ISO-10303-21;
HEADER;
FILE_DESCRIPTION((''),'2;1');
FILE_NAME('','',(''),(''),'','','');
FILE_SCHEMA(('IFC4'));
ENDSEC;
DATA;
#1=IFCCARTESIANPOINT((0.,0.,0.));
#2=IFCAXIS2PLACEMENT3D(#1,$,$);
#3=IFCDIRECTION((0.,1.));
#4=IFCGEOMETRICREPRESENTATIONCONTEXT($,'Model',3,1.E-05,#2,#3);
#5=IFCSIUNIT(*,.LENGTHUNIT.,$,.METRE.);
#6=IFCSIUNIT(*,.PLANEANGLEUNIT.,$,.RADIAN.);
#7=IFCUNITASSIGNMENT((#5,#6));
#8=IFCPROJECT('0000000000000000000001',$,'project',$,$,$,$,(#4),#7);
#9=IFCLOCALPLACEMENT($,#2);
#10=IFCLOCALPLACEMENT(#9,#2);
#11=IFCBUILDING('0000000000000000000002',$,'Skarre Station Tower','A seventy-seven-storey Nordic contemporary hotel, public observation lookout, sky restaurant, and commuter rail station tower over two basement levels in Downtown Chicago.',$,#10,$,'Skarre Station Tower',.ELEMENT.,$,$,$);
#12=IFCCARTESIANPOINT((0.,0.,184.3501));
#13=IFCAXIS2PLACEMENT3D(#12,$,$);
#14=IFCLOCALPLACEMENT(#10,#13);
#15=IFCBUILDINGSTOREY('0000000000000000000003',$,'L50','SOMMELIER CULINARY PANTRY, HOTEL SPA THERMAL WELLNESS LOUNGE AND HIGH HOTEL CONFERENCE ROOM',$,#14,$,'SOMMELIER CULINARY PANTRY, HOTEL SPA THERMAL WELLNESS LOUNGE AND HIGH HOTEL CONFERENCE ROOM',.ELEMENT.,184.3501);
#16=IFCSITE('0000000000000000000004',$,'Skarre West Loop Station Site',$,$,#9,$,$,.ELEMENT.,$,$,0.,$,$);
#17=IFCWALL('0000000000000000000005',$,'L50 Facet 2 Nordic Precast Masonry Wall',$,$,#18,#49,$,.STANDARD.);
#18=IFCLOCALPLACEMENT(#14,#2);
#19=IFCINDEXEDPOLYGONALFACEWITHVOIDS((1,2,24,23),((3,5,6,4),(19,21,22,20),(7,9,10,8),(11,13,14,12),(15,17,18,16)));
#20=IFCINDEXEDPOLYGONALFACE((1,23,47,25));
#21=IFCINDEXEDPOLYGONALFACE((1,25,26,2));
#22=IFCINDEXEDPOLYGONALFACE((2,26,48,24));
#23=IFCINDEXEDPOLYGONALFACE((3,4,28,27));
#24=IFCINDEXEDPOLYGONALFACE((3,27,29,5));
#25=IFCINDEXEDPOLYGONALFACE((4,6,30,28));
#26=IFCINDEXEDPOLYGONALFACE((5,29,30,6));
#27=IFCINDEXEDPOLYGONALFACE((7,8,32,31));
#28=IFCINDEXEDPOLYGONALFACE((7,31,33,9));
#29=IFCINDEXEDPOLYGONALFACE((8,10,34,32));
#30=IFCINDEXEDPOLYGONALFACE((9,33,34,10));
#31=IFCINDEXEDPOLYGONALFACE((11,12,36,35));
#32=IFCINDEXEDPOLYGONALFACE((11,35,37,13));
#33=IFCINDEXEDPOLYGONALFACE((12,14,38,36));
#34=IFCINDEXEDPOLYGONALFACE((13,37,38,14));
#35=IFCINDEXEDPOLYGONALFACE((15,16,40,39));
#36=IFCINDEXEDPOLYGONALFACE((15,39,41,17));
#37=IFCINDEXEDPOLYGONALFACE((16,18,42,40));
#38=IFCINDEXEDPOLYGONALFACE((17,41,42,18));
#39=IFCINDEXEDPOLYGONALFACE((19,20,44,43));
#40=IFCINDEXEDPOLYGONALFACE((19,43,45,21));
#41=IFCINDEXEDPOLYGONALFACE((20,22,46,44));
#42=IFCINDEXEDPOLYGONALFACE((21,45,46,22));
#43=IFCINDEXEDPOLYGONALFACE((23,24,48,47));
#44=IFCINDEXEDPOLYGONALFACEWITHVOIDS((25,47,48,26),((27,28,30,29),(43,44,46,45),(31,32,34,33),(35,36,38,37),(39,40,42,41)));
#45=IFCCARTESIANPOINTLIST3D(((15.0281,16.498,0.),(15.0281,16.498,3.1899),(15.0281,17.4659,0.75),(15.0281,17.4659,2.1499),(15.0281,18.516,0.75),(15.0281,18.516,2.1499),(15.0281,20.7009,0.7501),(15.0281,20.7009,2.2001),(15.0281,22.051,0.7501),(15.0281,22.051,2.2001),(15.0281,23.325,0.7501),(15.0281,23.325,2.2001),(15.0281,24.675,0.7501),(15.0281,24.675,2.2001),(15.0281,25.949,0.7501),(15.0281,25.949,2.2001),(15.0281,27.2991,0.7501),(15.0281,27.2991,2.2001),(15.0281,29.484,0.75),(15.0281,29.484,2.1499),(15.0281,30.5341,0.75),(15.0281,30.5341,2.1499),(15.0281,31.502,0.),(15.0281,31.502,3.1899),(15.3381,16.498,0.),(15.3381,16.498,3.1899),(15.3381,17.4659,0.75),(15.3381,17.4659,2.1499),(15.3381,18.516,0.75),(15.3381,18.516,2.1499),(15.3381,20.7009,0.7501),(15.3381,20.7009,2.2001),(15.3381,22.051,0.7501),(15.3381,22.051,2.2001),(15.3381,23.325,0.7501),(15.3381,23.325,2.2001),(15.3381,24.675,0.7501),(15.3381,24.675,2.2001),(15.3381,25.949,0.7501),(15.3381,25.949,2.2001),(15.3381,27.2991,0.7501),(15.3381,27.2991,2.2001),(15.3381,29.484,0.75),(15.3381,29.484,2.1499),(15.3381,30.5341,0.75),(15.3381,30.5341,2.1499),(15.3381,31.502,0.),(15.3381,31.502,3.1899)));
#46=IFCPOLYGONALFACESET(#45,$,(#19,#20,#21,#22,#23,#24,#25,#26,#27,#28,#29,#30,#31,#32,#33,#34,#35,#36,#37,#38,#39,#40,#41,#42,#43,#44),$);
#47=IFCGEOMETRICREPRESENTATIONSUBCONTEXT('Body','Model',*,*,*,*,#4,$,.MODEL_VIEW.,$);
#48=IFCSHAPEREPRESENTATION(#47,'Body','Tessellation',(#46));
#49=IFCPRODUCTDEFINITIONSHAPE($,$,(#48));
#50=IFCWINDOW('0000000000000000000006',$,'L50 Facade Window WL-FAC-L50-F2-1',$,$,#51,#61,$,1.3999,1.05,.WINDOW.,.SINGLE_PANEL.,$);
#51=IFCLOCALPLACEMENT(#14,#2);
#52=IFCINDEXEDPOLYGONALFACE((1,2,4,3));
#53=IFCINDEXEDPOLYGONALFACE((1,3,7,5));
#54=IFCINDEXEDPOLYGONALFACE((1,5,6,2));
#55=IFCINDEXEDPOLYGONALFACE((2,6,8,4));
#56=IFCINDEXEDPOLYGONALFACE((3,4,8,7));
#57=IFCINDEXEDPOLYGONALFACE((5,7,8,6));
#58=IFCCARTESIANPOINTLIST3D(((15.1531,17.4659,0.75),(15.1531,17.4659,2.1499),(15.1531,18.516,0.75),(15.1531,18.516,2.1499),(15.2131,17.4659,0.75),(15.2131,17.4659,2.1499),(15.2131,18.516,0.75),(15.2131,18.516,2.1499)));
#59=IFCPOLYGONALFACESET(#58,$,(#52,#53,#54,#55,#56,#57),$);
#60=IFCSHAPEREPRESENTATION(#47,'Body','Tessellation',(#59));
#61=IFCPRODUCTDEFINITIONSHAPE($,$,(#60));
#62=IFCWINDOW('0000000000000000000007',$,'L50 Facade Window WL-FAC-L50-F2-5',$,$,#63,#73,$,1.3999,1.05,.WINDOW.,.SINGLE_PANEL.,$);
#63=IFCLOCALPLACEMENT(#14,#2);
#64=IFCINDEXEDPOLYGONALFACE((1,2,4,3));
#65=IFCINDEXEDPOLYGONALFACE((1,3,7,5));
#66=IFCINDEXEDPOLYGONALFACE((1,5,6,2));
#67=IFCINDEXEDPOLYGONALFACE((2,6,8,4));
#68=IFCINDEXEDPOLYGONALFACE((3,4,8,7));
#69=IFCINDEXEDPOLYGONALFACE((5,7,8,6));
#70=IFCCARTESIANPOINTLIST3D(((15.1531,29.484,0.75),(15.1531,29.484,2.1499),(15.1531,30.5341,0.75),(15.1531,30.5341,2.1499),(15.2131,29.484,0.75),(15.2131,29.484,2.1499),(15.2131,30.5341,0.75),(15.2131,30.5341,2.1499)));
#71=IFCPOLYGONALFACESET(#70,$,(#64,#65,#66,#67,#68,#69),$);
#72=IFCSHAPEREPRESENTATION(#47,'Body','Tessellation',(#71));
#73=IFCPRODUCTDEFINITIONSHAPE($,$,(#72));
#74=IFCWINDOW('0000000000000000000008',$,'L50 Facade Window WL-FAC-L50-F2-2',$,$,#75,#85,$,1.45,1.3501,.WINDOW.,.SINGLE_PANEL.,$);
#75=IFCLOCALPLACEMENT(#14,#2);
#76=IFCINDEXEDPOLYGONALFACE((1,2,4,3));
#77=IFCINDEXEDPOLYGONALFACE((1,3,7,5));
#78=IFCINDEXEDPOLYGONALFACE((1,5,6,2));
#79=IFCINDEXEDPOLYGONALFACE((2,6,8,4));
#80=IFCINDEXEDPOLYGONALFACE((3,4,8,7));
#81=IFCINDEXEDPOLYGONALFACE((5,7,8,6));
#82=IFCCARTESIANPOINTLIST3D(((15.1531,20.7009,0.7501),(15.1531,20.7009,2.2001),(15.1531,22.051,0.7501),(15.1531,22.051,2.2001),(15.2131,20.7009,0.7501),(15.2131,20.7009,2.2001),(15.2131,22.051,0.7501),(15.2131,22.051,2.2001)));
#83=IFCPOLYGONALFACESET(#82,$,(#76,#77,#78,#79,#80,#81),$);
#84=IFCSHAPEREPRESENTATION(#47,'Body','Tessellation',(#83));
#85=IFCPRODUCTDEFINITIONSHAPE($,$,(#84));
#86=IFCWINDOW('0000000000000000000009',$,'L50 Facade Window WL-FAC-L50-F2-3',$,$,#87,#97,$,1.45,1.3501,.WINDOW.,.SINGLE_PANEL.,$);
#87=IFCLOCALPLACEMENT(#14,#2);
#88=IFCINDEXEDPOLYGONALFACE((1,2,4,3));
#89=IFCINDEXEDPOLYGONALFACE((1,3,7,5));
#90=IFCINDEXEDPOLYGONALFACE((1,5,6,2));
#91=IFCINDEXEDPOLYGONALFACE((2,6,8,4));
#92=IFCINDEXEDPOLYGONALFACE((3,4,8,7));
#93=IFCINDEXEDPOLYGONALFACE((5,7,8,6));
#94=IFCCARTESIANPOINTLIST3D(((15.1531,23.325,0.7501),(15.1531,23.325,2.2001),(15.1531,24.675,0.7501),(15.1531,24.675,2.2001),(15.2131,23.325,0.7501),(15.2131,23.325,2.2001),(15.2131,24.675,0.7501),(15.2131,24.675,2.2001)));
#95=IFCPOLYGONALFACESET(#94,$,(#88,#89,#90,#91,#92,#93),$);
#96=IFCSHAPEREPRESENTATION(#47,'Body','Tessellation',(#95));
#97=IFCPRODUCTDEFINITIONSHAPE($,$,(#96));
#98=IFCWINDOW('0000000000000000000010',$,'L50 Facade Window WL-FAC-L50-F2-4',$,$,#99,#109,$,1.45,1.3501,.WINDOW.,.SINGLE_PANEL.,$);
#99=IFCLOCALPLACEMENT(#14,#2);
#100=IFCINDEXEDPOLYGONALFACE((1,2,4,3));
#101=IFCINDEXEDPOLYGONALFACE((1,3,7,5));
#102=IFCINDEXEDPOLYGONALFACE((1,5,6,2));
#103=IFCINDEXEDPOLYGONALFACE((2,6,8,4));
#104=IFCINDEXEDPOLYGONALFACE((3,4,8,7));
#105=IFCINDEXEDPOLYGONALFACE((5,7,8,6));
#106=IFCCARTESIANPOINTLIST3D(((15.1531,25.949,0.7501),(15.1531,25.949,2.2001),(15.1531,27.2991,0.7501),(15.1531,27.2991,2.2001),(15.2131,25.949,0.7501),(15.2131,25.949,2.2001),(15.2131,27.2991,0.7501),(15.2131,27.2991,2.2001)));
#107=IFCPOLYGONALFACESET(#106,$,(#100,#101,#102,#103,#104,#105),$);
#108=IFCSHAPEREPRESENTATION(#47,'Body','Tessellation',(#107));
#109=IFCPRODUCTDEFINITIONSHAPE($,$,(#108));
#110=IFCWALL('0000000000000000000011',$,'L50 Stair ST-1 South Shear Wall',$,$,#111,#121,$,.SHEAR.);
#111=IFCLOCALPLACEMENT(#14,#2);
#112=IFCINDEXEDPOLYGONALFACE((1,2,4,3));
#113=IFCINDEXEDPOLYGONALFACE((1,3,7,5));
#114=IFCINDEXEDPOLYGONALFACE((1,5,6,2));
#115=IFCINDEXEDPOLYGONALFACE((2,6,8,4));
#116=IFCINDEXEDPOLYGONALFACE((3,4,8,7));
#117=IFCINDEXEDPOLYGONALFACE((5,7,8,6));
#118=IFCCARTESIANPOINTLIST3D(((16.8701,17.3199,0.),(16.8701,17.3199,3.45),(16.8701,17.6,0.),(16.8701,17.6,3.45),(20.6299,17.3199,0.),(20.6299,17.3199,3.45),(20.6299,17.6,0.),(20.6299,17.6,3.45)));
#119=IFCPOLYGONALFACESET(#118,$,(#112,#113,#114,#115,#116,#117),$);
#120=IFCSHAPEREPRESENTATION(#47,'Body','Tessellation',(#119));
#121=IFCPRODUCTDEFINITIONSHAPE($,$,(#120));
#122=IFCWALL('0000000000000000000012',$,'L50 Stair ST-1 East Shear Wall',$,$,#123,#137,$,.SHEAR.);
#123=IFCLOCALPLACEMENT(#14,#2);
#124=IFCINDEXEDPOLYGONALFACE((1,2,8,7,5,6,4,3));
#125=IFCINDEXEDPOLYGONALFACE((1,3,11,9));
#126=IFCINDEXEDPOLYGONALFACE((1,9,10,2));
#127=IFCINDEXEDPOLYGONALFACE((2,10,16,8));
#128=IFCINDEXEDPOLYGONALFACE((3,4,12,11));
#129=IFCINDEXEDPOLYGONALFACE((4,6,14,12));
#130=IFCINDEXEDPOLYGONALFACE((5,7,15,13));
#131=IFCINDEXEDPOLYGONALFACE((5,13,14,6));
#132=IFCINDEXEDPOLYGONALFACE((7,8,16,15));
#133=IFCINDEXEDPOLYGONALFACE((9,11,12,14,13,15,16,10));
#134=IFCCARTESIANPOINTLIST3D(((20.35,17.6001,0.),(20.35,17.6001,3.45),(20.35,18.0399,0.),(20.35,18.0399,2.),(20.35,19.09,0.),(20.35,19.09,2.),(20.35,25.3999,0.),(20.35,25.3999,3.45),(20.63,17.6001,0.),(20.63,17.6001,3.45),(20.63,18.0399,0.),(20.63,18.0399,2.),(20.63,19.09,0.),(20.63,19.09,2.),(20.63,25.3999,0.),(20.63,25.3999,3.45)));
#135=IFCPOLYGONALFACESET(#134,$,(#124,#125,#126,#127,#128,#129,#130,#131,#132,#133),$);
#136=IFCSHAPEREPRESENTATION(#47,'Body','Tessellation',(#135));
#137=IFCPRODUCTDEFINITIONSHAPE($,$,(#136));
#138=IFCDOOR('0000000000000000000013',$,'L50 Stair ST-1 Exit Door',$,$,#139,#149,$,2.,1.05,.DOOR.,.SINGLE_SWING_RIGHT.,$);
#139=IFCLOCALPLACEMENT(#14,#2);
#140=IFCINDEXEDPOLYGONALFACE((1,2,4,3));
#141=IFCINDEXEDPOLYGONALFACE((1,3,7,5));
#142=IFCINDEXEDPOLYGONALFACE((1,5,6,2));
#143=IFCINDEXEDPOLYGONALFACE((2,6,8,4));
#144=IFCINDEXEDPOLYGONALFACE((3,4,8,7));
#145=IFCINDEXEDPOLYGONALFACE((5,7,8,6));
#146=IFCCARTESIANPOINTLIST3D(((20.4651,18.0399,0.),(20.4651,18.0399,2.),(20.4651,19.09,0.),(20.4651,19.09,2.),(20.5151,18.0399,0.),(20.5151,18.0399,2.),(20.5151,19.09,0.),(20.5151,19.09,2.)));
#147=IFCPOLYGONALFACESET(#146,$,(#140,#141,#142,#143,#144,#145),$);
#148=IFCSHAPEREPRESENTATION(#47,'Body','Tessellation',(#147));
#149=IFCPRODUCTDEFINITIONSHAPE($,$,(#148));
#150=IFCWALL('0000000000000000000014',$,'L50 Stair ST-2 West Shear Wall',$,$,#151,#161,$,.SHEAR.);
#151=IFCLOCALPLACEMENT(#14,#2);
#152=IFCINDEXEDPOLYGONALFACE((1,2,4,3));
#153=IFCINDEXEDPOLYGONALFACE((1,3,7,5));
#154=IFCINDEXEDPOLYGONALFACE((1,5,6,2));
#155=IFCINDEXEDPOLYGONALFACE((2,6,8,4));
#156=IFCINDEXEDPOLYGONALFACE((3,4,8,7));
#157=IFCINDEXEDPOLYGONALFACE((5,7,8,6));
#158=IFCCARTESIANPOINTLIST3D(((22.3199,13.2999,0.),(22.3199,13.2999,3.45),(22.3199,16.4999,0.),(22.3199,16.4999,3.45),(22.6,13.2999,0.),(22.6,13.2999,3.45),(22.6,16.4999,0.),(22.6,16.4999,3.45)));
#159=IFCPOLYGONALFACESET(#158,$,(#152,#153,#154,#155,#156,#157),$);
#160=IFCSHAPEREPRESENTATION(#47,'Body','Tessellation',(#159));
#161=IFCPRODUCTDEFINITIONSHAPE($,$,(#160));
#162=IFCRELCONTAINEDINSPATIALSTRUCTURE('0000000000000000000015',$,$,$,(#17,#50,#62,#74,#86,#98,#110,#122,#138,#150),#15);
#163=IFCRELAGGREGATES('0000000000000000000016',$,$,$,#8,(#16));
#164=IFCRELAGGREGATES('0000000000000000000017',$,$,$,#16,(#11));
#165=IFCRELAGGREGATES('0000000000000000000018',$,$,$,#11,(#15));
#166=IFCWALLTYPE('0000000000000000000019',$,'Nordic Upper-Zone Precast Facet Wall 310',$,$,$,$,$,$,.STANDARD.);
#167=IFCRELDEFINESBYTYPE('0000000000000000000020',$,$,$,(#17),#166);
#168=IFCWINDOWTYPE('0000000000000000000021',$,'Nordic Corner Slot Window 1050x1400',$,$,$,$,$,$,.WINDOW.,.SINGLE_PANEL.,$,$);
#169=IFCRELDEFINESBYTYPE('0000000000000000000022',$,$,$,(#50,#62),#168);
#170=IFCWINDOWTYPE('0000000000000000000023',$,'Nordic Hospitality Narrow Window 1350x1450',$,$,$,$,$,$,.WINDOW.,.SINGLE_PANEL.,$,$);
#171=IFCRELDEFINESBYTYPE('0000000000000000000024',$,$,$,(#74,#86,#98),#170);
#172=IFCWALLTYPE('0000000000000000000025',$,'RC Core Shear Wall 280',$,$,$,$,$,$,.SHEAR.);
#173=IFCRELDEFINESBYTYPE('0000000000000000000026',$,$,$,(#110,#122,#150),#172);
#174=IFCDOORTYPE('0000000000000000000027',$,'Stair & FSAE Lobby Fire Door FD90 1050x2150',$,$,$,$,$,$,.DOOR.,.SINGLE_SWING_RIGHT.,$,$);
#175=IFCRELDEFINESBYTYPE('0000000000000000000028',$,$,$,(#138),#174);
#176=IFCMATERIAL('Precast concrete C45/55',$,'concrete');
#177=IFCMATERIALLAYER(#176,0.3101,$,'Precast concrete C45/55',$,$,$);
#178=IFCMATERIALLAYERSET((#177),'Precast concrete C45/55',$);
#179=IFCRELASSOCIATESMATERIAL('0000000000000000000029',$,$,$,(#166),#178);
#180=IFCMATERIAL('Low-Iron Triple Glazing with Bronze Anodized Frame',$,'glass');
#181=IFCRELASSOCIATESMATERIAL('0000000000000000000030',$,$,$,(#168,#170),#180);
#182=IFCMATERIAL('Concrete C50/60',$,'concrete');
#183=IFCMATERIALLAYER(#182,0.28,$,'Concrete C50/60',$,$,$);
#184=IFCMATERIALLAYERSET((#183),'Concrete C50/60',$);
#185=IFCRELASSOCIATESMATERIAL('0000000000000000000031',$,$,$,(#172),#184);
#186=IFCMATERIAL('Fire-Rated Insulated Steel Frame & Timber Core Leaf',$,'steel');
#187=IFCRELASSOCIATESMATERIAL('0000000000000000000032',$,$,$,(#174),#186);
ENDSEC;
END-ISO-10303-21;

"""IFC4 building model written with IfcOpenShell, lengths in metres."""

from ifc_helpers import new_model, si_unit, direction, frame, frame_2d, origin, place, context, subcontext, project, spatial, rectangle, extrude, material, layer, layer_set, type_object, element, fill, save


model = new_model("IFC4")

# Units and contexts
model_context = context("Model", 3, precision=1e-05, world=origin(), true_north=direction((0.0, 1.0)))
body_context = subcontext(model_context, "Body", "Model", "MODEL_VIEW")
ifc_project = project(units=[si_unit("LENGTHUNIT", "METRE"), si_unit("PLANEANGLEUNIT", "RADIAN")], contexts=[model_context])

# Site, building, storey
site_placement = place(None, origin())
site = spatial("IfcSite", under=ifc_project, at=site_placement, Name="Skarre West Loop Station Site", CompositionType="ELEMENT", RefElevation=0.0)
building_placement = place(site_placement, origin())
building = spatial("IfcBuilding", under=site, at=building_placement, Name="Skarre Station Tower", Description="A seventy-seven-storey Nordic contemporary hotel, public observation lookout, sky restaurant, and commuter rail station tower over two basement levels in Downtown Chicago.", LongName="Skarre Station Tower", CompositionType="ELEMENT")
storey_placement = place(building_placement, frame((0.0, 0.0, 184.3501)))
storey = spatial("IfcBuildingStorey", under=building, at=storey_placement, Name="L50", Description="SOMMELIER CULINARY PANTRY, HOTEL SPA THERMAL WELLNESS LOUNGE AND HIGH HOTEL CONFERENCE ROOM", LongName="SOMMELIER CULINARY PANTRY, HOTEL SPA THERMAL WELLNESS LOUNGE AND HIGH HOTEL CONFERENCE ROOM", CompositionType="ELEMENT", Elevation=184.3501)

# Shared definitions
ifc_material_1 = material(Name="Concrete C50/60", Category="concrete")

# Shared definitions
ifc_material_2 = material(Name="Precast concrete C45/55", Category="concrete")

# Wall, openings, windows
ifc_layer_1 = layer(ifc_material_2, 0.3101, Name="Precast concrete C45/55")
ifc_layer_set_1 = layer_set([ifc_layer_1], Name="Precast concrete C45/55")
wall_type_1 = type_object("IfcWallType", Name="Nordic Upper-Zone Precast Facet Wall 310", PredefinedType="STANDARD", material=ifc_layer_set_1)
wall_1_placement = place(storey_placement, frame((15.1831, 16.498, 0.0), z_axis=(0.0, 0.0, 1.0), x_axis=(0.0, 1.0, 0.0)))
wall_1 = element("IfcWall", 1, at=wall_1_placement, inside=storey, type_object=wall_type_1, Name="L50 Facet 2 Nordic Precast Masonry Wall", PredefinedType="STANDARD", context=body_context, shape_type="SweptSolid", body=[
    extrude(rectangle(XDim=15.0039, YDim=0.3101, at=frame_2d((7.502, 0.0))), origin(), (0.0, 0.0, 1.0), 3.1899),
])
opening_1_placement = place(wall_1_placement, frame((0.968, 0.0, 0.75)))
opening_1 = element("IfcOpeningElement", 2, at=opening_1_placement, cuts=wall_1, PredefinedType="OPENING", context=body_context, shape_type="SweptSolid", body=[
    extrude(rectangle(XDim=1.05, YDim=1.3999, at=frame_2d((0.5249, 0.7))), frame((0.0, 0.165, 0.0), z_axis=(0.0, -1.0, 0.0), x_axis=(1.0, 0.0, 0.0)), (0.0, 0.0, 1.0), 0.3301),
])
opening_2_placement = place(wall_1_placement, frame((4.2029, 0.0, 0.75)))
opening_2 = element("IfcOpeningElement", 3, at=opening_2_placement, cuts=wall_1, PredefinedType="OPENING", context=body_context, shape_type="SweptSolid", body=[
    extrude(rectangle(XDim=1.3501, YDim=1.45, at=frame_2d((0.675, 0.7251))), frame((0.0, 0.165, 0.0), z_axis=(0.0, -1.0, 0.0), x_axis=(1.0, 0.0, 0.0)), (0.0, 0.0, 1.0), 0.3301),
])
opening_3_placement = place(wall_1_placement, frame((6.8269, 0.0, 0.75)))
opening_3 = element("IfcOpeningElement", 4, at=opening_3_placement, cuts=wall_1, PredefinedType="OPENING", context=body_context, shape_type="SweptSolid", body=[
    extrude(rectangle(XDim=1.3501, YDim=1.45, at=frame_2d((0.675, 0.7251))), frame((0.0, 0.165, 0.0), z_axis=(0.0, -1.0, 0.0), x_axis=(1.0, 0.0, 0.0)), (0.0, 0.0, 1.0), 0.3301),
])
opening_4_placement = place(wall_1_placement, frame((9.4509, 0.0, 0.75)))
opening_4 = element("IfcOpeningElement", 5, at=opening_4_placement, cuts=wall_1, PredefinedType="OPENING", context=body_context, shape_type="SweptSolid", body=[
    extrude(rectangle(XDim=1.3501, YDim=1.45, at=frame_2d((0.675, 0.7251))), frame((0.0, 0.165, 0.0), z_axis=(0.0, -1.0, 0.0), x_axis=(1.0, 0.0, 0.0)), (0.0, 0.0, 1.0), 0.3301),
])
opening_5_placement = place(wall_1_placement, frame((12.9861, 0.0, 0.75)))
opening_5 = element("IfcOpeningElement", 6, at=opening_5_placement, cuts=wall_1, PredefinedType="OPENING", context=body_context, shape_type="SweptSolid", body=[
    extrude(rectangle(XDim=1.05, YDim=1.3999, at=frame_2d((0.5249, 0.7))), frame((0.0, 0.165, 0.0), z_axis=(0.0, -1.0, 0.0), x_axis=(1.0, 0.0, 0.0)), (0.0, 0.0, 1.0), 0.3301),
])
ifc_material_3 = material(Name="Low-Iron Triple Glazing with Bronze Anodized Frame", Category="glass")
window_type_1 = type_object("IfcWindowType", Name="Nordic Corner Slot Window 1050x1400", PartitioningType="SINGLE_PANEL", PredefinedType="WINDOW", material=ifc_material_3)
window_1_placement = place(opening_1_placement, origin())
window_1 = element("IfcWindow", 7, at=window_1_placement, inside=storey, type_object=window_type_1, Name="L50 Facade Window WL-FAC-L50-F2-1", OverallHeight=1.3999, OverallWidth=1.05, PartitioningType="SINGLE_PANEL", PredefinedType="WINDOW", context=body_context, shape_type="SweptSolid", body=[
    extrude(rectangle(XDim=1.05, YDim=1.3999, at=frame_2d((0.5249, 0.7))), frame((0.0, 0.03, 0.0), z_axis=(0.0, -1.0, 0.0), x_axis=(1.0, 0.0, 0.0)), (0.0, 0.0, 1.0), 0.0601),
])
fill(opening_1, window_1)
window_2_placement = place(opening_5_placement, origin())
window_2 = element("IfcWindow", 8, at=window_2_placement, inside=storey, type_object=window_type_1, Name="L50 Facade Window WL-FAC-L50-F2-5", OverallHeight=1.3999, OverallWidth=1.05, PartitioningType="SINGLE_PANEL", PredefinedType="WINDOW", context=body_context, shape_type="SweptSolid", body=[
    extrude(rectangle(XDim=1.05, YDim=1.3999, at=frame_2d((0.5249, 0.7))), frame((0.0, 0.03, 0.0), z_axis=(0.0, -1.0, 0.0), x_axis=(1.0, 0.0, 0.0)), (0.0, 0.0, 1.0), 0.0601),
])
fill(opening_5, window_2)
window_type_2 = type_object("IfcWindowType", Name="Nordic Hospitality Narrow Window 1350x1450", PartitioningType="SINGLE_PANEL", PredefinedType="WINDOW", material=ifc_material_3)
window_3_placement = place(opening_2_placement, origin())
window_3 = element("IfcWindow", 9, at=window_3_placement, inside=storey, type_object=window_type_2, Name="L50 Facade Window WL-FAC-L50-F2-2", OverallHeight=1.45, OverallWidth=1.3501, PartitioningType="SINGLE_PANEL", PredefinedType="WINDOW", context=body_context, shape_type="SweptSolid", body=[
    extrude(rectangle(XDim=1.3501, YDim=1.45, at=frame_2d((0.675, 0.7251))), frame((0.0, 0.03, 0.0), z_axis=(0.0, -1.0, 0.0), x_axis=(1.0, 0.0, 0.0)), (0.0, 0.0, 1.0), 0.0601),
])
fill(opening_2, window_3)
window_4_placement = place(opening_3_placement, origin())
window_4 = element("IfcWindow", 10, at=window_4_placement, inside=storey, type_object=window_type_2, Name="L50 Facade Window WL-FAC-L50-F2-3", OverallHeight=1.45, OverallWidth=1.3501, PartitioningType="SINGLE_PANEL", PredefinedType="WINDOW", context=body_context, shape_type="SweptSolid", body=[
    extrude(rectangle(XDim=1.3501, YDim=1.45, at=frame_2d((0.675, 0.7251))), frame((0.0, 0.03, 0.0), z_axis=(0.0, -1.0, 0.0), x_axis=(1.0, 0.0, 0.0)), (0.0, 0.0, 1.0), 0.0601),
])
fill(opening_3, window_4)
window_5_placement = place(opening_4_placement, origin())
window_5 = element("IfcWindow", 11, at=window_5_placement, inside=storey, type_object=window_type_2, Name="L50 Facade Window WL-FAC-L50-F2-4", OverallHeight=1.45, OverallWidth=1.3501, PartitioningType="SINGLE_PANEL", PredefinedType="WINDOW", context=body_context, shape_type="SweptSolid", body=[
    extrude(rectangle(XDim=1.3501, YDim=1.45, at=frame_2d((0.675, 0.7251))), frame((0.0, 0.03, 0.0), z_axis=(0.0, -1.0, 0.0), x_axis=(1.0, 0.0, 0.0)), (0.0, 0.0, 1.0), 0.0601),
])
fill(opening_4, window_5)

# Wall
ifc_layer_2 = layer(ifc_material_1, 0.28, Name="Concrete C50/60")
ifc_layer_set_2 = layer_set([ifc_layer_2], Name="Concrete C50/60")
wall_type_2 = type_object("IfcWallType", Name="RC Core Shear Wall 280", PredefinedType="SHEAR", material=ifc_layer_set_2)
wall_2_placement = place(storey_placement, frame((16.8701, 17.46, 0.0), z_axis=(0.0, 0.0, 1.0), x_axis=(1.0, 0.0, 0.0)))
element("IfcWall", 12, at=wall_2_placement, inside=storey, type_object=wall_type_2, Name="L50 Stair ST-1 South Shear Wall", PredefinedType="SHEAR", context=body_context, shape_type="SweptSolid", body=[
    extrude(rectangle(XDim=3.7598, YDim=0.28, at=frame_2d((1.8799, 0.0))), origin(), (0.0, 0.0, 1.0), 3.45),
])

# Wall, opening, door
wall_3_placement = place(storey_placement, frame((20.49, 17.6001, 0.0), z_axis=(0.0, 0.0, 1.0), x_axis=(0.0, 1.0, 0.0)))
wall_3 = element("IfcWall", 13, at=wall_3_placement, inside=storey, type_object=wall_type_2, Name="L50 Stair ST-1 East Shear Wall", PredefinedType="SHEAR", context=body_context, shape_type="SweptSolid", body=[
    extrude(rectangle(XDim=7.7998, YDim=0.28, at=frame_2d((3.8999, 0.0))), origin(), (0.0, 0.0, 1.0), 3.45),
])
opening_6_placement = place(wall_3_placement, frame((0.4399, 0.0, 0.0)))
opening_6 = element("IfcOpeningElement", 14, at=opening_6_placement, cuts=wall_3, PredefinedType="OPENING", context=body_context, shape_type="SweptSolid", body=[
    extrude(rectangle(XDim=1.05, YDim=2.0, at=frame_2d((0.5249, 1.0))), frame((0.0, 0.1499, 0.0), z_axis=(0.0, -1.0, 0.0), x_axis=(1.0, 0.0, 0.0)), (0.0, 0.0, 1.0), 0.3),
])
ifc_material_4 = material(Name="Fire-Rated Insulated Steel Frame & Timber Core Leaf", Category="steel")
door_type = type_object("IfcDoorType", Name="Stair & FSAE Lobby Fire Door FD90 1050x2150", OperationType="SINGLE_SWING_RIGHT", PredefinedType="DOOR", material=ifc_material_4)
door_placement = place(opening_6_placement, origin())
door = element("IfcDoor", 15, at=door_placement, inside=storey, type_object=door_type, Name="L50 Stair ST-1 Exit Door", OperationType="SINGLE_SWING_RIGHT", OverallHeight=2.0, OverallWidth=1.05, PredefinedType="DOOR", context=body_context, shape_type="SweptSolid", body=[
    extrude(rectangle(XDim=1.05, YDim=2.0, at=frame_2d((0.5249, 1.0))), frame((0.0, 0.0249, 0.0), z_axis=(0.0, -1.0, 0.0), x_axis=(1.0, 0.0, 0.0)), (0.0, 0.0, 1.0), 0.05),
])
fill(opening_6, door)

# Wall
wall_4_placement = place(storey_placement, frame((22.46, 16.5, 0.0), z_axis=(0.0, 0.0, 1.0), x_axis=(0.0, -1.0, 0.0)))
element("IfcWall", 16, at=wall_4_placement, inside=storey, type_object=wall_type_2, Name="L50 Stair ST-2 West Shear Wall", PredefinedType="SHEAR", context=body_context, shape_type="SweptSolid", body=[
    extrude(rectangle(XDim=3.2, YDim=0.28, at=frame_2d((1.6001, 0.0))), origin(), (0.0, 0.0, 1.0), 3.45),
])

save(model, "model.ifc")
